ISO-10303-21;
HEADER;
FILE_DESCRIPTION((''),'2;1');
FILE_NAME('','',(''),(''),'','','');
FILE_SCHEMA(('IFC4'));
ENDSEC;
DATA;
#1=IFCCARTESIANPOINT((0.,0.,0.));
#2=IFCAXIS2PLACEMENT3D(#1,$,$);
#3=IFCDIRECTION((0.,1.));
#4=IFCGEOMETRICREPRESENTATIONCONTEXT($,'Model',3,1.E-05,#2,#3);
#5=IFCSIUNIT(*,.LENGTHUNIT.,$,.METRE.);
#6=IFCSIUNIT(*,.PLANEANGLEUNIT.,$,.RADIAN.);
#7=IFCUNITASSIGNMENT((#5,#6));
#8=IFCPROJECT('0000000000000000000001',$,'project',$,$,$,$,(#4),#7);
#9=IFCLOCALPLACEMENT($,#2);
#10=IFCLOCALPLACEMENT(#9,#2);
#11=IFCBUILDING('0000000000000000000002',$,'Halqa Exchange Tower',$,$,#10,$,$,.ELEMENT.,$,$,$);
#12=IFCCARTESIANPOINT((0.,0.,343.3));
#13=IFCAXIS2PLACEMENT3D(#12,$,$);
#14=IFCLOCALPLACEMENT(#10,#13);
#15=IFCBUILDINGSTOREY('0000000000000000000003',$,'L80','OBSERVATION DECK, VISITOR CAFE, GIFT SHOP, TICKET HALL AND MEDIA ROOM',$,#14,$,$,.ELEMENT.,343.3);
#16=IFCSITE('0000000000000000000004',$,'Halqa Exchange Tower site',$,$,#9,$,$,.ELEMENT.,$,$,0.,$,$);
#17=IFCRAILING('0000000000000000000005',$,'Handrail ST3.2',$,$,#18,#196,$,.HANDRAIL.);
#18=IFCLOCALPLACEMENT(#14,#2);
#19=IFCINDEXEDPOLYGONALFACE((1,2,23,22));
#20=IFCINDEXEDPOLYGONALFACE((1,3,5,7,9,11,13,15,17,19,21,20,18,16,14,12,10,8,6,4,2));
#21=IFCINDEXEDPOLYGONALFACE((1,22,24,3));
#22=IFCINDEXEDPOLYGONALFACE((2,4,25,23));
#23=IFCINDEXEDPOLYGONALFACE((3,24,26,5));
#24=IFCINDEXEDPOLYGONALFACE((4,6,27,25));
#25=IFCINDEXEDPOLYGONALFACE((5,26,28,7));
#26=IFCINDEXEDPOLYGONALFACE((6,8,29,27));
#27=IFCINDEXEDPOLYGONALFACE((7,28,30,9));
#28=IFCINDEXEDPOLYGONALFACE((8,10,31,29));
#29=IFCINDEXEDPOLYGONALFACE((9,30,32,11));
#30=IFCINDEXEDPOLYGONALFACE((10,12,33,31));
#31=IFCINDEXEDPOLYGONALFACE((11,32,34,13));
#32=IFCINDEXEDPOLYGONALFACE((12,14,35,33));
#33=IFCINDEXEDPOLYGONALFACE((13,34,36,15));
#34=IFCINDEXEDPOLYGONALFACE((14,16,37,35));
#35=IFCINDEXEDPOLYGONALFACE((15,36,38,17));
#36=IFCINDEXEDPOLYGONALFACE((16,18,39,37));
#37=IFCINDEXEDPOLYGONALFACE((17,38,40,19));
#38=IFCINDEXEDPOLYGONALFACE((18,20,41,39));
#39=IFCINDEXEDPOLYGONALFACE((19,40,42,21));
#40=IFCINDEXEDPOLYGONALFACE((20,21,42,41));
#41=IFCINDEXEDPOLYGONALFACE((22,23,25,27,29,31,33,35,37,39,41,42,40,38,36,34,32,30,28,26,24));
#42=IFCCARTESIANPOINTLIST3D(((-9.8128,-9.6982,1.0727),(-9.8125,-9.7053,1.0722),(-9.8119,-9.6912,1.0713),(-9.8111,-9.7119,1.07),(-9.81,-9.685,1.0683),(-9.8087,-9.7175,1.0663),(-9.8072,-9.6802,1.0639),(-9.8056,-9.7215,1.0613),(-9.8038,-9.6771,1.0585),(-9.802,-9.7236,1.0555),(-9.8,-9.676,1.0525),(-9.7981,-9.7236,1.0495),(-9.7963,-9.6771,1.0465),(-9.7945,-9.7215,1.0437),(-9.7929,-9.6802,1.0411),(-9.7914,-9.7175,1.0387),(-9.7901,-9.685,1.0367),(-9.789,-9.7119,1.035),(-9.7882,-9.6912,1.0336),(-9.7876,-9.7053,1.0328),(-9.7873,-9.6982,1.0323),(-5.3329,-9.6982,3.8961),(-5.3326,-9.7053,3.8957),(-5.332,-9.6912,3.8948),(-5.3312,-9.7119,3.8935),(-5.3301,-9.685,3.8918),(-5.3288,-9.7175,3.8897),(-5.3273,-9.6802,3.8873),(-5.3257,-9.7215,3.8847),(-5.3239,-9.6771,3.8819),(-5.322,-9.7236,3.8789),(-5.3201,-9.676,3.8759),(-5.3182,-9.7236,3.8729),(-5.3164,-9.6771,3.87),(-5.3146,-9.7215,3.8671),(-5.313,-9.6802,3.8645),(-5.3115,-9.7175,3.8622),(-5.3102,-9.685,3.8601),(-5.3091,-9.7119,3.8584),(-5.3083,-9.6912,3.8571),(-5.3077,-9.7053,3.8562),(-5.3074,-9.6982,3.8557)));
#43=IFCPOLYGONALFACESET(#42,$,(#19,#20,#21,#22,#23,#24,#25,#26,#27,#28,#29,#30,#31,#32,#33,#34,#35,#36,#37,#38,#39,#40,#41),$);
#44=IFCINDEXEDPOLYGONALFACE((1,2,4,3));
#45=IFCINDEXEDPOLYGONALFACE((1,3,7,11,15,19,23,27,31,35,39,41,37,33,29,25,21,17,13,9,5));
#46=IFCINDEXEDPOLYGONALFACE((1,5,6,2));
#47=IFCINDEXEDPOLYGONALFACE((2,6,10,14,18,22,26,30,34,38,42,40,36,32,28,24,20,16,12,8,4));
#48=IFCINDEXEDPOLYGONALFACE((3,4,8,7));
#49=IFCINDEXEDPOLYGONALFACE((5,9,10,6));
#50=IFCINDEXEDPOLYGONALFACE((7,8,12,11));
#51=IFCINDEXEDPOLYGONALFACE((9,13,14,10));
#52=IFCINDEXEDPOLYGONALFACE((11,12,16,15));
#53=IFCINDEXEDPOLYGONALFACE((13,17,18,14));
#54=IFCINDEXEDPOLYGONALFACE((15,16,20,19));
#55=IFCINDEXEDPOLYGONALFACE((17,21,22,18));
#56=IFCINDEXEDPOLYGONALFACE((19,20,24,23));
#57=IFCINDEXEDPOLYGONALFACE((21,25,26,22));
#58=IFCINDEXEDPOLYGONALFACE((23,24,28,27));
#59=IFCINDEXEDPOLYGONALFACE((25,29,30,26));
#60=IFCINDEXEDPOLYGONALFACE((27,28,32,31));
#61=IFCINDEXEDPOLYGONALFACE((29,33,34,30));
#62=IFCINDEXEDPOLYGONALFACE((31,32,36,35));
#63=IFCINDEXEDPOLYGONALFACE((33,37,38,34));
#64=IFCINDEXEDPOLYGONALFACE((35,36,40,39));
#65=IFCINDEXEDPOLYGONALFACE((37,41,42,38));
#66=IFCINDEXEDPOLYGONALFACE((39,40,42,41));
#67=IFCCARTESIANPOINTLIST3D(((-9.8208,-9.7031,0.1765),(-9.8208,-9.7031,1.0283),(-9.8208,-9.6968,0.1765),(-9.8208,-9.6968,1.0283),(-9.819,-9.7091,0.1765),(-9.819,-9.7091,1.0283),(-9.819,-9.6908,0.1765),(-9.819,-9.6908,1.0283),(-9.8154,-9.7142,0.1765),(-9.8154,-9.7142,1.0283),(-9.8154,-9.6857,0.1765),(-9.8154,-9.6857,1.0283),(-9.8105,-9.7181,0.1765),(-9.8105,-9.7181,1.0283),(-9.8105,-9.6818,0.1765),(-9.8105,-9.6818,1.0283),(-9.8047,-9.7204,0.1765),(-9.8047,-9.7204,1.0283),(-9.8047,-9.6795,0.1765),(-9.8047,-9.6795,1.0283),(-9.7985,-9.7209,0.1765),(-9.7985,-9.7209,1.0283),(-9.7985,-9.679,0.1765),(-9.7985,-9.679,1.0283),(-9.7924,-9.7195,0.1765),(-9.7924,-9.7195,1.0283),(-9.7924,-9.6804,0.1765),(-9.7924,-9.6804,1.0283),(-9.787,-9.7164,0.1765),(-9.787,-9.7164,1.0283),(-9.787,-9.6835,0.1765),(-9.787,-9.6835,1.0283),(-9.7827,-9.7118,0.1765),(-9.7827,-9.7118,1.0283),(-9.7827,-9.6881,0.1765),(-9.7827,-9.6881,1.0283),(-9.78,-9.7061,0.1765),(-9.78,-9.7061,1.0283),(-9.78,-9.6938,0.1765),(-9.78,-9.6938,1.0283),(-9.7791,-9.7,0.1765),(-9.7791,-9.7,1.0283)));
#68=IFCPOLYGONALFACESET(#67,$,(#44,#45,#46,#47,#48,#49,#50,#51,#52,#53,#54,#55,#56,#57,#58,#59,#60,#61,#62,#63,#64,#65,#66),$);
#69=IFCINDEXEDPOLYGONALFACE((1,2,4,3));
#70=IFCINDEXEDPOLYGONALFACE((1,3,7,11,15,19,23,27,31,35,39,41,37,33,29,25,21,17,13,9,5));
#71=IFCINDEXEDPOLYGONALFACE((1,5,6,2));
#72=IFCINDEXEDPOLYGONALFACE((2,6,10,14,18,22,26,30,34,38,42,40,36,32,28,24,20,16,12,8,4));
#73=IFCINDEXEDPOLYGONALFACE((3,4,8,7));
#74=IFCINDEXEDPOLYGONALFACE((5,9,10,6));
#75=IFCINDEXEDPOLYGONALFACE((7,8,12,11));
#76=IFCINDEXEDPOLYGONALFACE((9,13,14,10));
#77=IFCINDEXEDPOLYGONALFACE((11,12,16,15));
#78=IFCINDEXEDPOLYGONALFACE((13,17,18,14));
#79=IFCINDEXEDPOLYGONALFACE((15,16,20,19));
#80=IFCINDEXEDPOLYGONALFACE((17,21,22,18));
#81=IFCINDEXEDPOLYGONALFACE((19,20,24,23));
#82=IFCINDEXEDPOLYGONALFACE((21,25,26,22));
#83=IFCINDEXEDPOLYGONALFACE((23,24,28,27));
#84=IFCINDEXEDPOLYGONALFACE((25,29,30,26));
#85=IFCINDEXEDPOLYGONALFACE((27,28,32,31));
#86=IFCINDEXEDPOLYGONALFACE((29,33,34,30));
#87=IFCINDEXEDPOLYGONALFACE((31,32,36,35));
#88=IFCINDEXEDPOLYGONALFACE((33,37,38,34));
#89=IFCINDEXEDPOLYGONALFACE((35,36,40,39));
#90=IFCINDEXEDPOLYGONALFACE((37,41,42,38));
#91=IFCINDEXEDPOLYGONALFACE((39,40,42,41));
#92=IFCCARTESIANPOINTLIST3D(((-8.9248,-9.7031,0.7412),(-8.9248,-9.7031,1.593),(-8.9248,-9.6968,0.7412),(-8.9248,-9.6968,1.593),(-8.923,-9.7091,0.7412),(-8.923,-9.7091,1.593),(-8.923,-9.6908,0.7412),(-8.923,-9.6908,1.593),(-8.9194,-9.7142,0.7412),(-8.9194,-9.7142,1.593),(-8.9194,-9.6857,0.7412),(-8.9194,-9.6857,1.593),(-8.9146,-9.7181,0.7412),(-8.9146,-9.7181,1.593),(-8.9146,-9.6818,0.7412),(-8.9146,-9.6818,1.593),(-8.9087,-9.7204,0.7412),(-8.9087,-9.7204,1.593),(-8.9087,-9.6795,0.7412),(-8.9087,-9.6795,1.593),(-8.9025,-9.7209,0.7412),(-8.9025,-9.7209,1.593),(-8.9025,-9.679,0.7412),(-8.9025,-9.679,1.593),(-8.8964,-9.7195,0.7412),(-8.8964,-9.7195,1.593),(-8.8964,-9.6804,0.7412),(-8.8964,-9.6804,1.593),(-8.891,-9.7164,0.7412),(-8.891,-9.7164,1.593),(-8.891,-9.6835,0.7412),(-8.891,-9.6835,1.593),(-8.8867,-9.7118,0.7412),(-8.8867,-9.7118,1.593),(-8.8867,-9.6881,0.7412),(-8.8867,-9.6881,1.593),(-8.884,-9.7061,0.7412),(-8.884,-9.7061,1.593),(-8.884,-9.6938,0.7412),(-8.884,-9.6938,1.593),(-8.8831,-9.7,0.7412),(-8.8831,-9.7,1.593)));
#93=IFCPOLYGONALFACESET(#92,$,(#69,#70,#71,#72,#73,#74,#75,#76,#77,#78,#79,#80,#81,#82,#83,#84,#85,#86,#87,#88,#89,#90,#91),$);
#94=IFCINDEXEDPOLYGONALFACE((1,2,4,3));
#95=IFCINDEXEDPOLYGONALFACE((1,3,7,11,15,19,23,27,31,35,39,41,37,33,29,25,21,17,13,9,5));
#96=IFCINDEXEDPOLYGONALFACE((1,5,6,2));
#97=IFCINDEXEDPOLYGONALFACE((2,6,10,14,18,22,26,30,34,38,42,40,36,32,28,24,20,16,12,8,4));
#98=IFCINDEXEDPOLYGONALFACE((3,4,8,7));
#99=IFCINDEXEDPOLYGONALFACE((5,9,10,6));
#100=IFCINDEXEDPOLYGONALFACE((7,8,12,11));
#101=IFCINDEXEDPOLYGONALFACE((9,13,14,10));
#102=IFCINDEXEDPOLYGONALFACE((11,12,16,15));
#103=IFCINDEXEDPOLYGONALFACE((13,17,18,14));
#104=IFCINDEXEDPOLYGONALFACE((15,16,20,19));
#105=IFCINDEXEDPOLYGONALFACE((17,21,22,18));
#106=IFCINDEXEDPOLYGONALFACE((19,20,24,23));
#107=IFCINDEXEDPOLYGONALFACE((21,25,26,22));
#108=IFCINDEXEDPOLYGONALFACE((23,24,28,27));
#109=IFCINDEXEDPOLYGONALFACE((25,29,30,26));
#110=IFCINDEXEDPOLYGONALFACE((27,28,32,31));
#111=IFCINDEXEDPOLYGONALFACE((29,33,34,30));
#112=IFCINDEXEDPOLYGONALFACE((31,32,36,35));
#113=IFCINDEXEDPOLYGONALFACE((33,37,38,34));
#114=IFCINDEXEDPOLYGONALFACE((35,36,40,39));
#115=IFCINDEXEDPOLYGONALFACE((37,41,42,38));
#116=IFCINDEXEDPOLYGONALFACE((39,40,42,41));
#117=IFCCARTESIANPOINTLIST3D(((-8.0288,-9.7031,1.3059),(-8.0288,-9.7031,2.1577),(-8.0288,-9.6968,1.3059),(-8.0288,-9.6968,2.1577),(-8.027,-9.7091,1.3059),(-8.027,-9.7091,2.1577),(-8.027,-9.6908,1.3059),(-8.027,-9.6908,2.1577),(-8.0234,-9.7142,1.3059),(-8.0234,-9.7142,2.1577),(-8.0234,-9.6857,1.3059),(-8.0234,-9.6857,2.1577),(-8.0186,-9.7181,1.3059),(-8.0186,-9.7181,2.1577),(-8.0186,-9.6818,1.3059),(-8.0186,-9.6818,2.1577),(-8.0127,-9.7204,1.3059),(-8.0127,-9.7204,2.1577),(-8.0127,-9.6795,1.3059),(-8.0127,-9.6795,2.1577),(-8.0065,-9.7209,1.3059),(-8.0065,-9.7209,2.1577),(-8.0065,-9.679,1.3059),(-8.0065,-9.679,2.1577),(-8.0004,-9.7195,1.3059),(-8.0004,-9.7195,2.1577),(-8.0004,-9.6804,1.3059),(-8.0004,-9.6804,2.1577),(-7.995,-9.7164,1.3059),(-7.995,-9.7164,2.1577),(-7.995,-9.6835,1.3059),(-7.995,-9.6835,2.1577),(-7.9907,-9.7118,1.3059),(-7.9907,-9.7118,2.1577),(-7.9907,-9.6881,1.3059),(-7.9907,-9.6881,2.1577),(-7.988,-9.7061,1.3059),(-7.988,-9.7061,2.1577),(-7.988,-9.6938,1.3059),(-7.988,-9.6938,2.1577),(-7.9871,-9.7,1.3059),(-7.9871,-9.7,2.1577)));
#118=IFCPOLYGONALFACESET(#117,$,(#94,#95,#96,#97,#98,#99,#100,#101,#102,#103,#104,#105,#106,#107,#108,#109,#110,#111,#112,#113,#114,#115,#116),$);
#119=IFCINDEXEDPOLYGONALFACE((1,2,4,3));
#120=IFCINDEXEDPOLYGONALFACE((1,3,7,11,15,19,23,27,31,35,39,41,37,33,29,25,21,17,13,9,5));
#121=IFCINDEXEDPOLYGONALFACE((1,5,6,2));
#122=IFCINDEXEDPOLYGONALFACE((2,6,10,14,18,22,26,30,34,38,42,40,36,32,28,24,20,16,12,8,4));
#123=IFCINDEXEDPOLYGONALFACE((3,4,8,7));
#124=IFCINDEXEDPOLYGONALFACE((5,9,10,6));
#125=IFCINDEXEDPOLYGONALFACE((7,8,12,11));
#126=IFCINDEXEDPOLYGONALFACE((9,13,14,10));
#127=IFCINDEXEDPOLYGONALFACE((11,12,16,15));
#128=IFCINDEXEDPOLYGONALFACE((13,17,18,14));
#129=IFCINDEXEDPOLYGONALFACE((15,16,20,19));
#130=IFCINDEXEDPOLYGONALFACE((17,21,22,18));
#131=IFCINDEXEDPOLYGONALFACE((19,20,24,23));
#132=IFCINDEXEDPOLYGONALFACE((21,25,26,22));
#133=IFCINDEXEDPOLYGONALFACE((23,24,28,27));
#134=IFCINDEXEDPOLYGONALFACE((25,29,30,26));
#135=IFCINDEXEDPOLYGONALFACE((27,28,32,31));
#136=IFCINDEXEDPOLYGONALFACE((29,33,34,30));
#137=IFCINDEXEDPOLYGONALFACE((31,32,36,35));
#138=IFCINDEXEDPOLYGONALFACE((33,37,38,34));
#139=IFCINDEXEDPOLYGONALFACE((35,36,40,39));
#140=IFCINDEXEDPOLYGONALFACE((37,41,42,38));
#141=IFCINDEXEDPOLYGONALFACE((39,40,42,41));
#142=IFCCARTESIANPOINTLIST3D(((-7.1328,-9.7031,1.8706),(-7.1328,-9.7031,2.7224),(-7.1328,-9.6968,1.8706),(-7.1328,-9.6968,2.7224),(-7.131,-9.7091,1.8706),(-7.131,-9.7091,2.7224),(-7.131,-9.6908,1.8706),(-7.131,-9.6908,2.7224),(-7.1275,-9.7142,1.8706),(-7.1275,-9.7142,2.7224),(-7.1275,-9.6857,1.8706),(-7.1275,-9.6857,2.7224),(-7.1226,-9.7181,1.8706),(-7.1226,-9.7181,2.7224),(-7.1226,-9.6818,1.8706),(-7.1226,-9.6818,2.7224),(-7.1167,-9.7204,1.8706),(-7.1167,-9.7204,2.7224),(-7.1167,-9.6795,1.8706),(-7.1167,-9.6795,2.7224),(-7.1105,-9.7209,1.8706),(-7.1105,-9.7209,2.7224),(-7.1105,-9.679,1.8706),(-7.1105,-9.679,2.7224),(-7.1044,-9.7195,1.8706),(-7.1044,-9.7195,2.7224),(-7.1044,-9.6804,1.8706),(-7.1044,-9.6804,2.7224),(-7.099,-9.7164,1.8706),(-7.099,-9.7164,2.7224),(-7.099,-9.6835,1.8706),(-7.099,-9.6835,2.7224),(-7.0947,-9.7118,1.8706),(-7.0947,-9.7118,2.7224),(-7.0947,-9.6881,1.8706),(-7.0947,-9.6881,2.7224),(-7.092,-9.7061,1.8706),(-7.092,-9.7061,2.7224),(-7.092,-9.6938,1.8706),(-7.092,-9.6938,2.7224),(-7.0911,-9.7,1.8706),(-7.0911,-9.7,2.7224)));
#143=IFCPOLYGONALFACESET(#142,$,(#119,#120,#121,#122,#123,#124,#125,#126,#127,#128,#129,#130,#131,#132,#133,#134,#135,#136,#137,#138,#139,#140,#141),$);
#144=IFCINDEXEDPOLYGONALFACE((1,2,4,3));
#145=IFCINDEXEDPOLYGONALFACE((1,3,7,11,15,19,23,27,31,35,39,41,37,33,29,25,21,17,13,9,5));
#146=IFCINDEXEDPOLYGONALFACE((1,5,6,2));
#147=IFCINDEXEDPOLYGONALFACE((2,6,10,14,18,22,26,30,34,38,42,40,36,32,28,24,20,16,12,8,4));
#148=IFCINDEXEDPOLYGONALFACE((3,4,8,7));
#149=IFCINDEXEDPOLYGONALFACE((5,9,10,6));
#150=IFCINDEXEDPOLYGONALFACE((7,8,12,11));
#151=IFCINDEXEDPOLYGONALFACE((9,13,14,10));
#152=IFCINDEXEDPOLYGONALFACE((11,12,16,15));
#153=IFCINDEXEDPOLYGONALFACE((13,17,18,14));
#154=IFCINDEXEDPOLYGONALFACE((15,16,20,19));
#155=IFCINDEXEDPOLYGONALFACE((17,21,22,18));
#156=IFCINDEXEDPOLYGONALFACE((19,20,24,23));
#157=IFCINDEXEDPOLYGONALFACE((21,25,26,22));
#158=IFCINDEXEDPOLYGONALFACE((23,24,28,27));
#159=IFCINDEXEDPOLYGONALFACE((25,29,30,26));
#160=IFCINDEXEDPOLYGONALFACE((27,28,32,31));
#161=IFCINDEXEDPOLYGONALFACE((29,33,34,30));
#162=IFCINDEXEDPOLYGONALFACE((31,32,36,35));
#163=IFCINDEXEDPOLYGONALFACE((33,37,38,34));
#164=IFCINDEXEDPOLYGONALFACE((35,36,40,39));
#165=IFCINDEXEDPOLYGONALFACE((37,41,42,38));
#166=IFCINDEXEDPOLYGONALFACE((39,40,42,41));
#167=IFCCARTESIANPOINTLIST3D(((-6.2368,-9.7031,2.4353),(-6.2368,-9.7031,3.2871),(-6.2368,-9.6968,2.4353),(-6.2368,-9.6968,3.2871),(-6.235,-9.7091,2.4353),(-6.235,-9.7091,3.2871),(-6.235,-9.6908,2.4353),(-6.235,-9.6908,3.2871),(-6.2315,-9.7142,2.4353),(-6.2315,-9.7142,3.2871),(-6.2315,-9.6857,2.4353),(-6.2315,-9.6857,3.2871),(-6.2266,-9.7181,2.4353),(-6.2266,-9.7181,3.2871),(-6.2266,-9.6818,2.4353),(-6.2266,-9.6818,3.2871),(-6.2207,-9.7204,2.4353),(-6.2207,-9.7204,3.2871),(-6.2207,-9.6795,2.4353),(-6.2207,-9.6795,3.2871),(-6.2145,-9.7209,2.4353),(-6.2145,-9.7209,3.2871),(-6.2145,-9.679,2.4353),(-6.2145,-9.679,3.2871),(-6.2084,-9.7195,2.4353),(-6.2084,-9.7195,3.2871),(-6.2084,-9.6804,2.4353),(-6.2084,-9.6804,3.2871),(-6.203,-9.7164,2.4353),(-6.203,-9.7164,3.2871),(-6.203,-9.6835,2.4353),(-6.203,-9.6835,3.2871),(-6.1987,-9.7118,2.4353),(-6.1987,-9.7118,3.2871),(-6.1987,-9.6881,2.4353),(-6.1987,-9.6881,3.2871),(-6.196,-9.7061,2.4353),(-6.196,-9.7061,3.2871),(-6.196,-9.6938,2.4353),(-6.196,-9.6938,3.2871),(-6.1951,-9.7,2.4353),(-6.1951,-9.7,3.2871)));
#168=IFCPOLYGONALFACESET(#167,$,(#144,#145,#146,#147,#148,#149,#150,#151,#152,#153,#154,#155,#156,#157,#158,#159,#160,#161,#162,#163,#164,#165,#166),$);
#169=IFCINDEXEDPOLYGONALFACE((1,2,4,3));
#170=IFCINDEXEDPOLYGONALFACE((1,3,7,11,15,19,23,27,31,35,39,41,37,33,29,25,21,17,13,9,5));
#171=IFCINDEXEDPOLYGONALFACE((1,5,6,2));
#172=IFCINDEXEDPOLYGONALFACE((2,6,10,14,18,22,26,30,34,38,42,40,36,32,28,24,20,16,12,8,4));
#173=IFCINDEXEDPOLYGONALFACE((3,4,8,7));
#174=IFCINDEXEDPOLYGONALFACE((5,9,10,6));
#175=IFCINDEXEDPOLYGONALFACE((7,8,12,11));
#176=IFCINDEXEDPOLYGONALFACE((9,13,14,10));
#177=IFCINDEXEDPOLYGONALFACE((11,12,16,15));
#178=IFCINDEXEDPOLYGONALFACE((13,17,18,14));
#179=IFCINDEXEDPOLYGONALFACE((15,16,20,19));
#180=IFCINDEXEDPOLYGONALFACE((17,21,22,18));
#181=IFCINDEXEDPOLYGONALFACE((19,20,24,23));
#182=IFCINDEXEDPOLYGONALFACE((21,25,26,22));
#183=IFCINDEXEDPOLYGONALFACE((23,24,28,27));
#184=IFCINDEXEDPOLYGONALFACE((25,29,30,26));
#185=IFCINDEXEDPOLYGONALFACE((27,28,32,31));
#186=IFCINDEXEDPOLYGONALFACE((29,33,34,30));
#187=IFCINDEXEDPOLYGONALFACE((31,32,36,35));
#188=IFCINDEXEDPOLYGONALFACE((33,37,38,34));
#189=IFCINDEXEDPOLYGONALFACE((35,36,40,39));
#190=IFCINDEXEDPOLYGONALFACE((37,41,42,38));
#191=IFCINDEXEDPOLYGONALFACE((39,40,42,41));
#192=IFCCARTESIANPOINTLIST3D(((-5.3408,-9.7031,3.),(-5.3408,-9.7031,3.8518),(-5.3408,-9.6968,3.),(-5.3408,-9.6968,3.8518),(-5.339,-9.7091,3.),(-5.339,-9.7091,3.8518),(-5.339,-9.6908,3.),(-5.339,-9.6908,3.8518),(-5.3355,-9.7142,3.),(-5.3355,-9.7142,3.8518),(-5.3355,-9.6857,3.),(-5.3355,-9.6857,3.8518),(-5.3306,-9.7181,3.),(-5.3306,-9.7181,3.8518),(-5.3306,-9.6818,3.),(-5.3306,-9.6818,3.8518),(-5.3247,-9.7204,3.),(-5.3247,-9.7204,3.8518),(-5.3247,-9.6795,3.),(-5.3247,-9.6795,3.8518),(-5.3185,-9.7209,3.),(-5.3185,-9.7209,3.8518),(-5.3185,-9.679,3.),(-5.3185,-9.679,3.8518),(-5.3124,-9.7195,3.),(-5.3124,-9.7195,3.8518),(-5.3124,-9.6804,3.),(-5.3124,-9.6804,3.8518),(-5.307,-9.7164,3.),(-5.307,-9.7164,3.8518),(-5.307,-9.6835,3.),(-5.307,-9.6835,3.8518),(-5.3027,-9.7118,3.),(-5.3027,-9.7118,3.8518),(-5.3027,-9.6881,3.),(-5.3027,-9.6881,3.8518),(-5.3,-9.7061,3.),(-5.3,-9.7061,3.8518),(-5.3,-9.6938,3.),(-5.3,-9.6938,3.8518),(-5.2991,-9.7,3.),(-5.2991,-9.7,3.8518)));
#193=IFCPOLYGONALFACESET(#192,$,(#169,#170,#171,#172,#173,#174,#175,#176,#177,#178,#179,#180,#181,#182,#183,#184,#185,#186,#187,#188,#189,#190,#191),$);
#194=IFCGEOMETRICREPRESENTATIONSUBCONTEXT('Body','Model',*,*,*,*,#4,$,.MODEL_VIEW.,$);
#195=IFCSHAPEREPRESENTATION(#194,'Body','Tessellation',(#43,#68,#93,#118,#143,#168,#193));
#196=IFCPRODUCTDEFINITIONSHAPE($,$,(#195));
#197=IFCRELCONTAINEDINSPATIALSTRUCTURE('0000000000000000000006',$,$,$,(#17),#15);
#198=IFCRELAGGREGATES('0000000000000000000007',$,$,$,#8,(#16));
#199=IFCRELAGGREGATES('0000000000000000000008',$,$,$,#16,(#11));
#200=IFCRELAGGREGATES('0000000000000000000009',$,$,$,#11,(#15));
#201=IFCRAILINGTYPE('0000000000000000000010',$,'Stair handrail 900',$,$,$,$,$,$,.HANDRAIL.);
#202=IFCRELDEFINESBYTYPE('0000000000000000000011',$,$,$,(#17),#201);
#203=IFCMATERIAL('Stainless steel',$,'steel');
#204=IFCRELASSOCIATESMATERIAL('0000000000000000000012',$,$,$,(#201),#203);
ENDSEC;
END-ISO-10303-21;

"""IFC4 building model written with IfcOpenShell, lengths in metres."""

from ifc_helpers import new_model, si_unit, direction, frame, origin, origin_2d, place, context, subcontext, project, spatial, circle, extrude, material, type_object, element, save


model = new_model("IFC4")

# Units and contexts
model_context = context("Model", 3, precision=1e-05, world=origin(), true_north=direction((0.0, 1.0)))
body_context = subcontext(model_context, "Body", "Model", "MODEL_VIEW")
ifc_project = project(units=[si_unit("LENGTHUNIT", "METRE"), si_unit("PLANEANGLEUNIT", "RADIAN")], contexts=[model_context])

# Site, building, storey
site_placement = place(None, origin())
site = spatial("IfcSite", under=ifc_project, at=site_placement, Name="Halqa Exchange Tower site", CompositionType="ELEMENT", RefElevation=0.0)
building_placement = place(site_placement, origin())
building = spatial("IfcBuilding", under=site, at=building_placement, Name="Halqa Exchange Tower", CompositionType="ELEMENT")
storey_placement = place(building_placement, frame((0.0, 0.0, 343.3)))
storey = spatial("IfcBuildingStorey", under=building, at=storey_placement, Name="L80", Description="OBSERVATION DECK, VISITOR CAFE, GIFT SHOP, TICKET HALL AND MEDIA ROOM", CompositionType="ELEMENT", Elevation=343.3)

# Shared definitions
ifc_material_1 = material(Name="Stainless steel", Category="steel")

# Railing
railing_type = type_object("IfcRailingType", Name="Stair handrail 900", PredefinedType="HANDRAIL", material=ifc_material_1)
railing_1_placement = place(storey_placement, frame((-9.8, -9.7, 0.1765)))
element("IfcRailing", 1, at=railing_1_placement, inside=storey, type_object=railing_type, Name="Handrail ST3.2", PredefinedType="HANDRAIL", context=body_context, shape_type="SweptSolid", body=[
    extrude(circle(Radius=0.0239, at=origin_2d()), frame((0.0, 0.0, 0.876), z_axis=(0.845998, 0.0, 0.533186), x_axis=(0.0, 1.0, 0.0)), (0.0, 0.0, 1.0), 5.2954),
    extrude(circle(Radius=0.021, at=origin_2d()), origin(), (0.0, 0.0, 1.0), 0.8518),
    extrude(circle(Radius=0.021, at=origin_2d()), frame((0.896, 0.0, 0.5647)), (0.0, 0.0, 1.0), 0.8518),
    extrude(circle(Radius=0.021, at=origin_2d()), frame((1.792, 0.0, 1.1294)), (0.0, 0.0, 1.0), 0.8518),
    extrude(circle(Radius=0.021, at=origin_2d()), frame((2.688, 0.0, 1.6941)), (0.0, 0.0, 1.0), 0.8518),
    extrude(circle(Radius=0.021, at=origin_2d()), frame((3.584, 0.0, 2.2588)), (0.0, 0.0, 1.0), 0.8518),
    extrude(circle(Radius=0.021, at=origin_2d()), frame((4.48, 0.0, 2.8235)), (0.0, 0.0, 1.0), 0.8518),
])

save(model, "model.ifc")
